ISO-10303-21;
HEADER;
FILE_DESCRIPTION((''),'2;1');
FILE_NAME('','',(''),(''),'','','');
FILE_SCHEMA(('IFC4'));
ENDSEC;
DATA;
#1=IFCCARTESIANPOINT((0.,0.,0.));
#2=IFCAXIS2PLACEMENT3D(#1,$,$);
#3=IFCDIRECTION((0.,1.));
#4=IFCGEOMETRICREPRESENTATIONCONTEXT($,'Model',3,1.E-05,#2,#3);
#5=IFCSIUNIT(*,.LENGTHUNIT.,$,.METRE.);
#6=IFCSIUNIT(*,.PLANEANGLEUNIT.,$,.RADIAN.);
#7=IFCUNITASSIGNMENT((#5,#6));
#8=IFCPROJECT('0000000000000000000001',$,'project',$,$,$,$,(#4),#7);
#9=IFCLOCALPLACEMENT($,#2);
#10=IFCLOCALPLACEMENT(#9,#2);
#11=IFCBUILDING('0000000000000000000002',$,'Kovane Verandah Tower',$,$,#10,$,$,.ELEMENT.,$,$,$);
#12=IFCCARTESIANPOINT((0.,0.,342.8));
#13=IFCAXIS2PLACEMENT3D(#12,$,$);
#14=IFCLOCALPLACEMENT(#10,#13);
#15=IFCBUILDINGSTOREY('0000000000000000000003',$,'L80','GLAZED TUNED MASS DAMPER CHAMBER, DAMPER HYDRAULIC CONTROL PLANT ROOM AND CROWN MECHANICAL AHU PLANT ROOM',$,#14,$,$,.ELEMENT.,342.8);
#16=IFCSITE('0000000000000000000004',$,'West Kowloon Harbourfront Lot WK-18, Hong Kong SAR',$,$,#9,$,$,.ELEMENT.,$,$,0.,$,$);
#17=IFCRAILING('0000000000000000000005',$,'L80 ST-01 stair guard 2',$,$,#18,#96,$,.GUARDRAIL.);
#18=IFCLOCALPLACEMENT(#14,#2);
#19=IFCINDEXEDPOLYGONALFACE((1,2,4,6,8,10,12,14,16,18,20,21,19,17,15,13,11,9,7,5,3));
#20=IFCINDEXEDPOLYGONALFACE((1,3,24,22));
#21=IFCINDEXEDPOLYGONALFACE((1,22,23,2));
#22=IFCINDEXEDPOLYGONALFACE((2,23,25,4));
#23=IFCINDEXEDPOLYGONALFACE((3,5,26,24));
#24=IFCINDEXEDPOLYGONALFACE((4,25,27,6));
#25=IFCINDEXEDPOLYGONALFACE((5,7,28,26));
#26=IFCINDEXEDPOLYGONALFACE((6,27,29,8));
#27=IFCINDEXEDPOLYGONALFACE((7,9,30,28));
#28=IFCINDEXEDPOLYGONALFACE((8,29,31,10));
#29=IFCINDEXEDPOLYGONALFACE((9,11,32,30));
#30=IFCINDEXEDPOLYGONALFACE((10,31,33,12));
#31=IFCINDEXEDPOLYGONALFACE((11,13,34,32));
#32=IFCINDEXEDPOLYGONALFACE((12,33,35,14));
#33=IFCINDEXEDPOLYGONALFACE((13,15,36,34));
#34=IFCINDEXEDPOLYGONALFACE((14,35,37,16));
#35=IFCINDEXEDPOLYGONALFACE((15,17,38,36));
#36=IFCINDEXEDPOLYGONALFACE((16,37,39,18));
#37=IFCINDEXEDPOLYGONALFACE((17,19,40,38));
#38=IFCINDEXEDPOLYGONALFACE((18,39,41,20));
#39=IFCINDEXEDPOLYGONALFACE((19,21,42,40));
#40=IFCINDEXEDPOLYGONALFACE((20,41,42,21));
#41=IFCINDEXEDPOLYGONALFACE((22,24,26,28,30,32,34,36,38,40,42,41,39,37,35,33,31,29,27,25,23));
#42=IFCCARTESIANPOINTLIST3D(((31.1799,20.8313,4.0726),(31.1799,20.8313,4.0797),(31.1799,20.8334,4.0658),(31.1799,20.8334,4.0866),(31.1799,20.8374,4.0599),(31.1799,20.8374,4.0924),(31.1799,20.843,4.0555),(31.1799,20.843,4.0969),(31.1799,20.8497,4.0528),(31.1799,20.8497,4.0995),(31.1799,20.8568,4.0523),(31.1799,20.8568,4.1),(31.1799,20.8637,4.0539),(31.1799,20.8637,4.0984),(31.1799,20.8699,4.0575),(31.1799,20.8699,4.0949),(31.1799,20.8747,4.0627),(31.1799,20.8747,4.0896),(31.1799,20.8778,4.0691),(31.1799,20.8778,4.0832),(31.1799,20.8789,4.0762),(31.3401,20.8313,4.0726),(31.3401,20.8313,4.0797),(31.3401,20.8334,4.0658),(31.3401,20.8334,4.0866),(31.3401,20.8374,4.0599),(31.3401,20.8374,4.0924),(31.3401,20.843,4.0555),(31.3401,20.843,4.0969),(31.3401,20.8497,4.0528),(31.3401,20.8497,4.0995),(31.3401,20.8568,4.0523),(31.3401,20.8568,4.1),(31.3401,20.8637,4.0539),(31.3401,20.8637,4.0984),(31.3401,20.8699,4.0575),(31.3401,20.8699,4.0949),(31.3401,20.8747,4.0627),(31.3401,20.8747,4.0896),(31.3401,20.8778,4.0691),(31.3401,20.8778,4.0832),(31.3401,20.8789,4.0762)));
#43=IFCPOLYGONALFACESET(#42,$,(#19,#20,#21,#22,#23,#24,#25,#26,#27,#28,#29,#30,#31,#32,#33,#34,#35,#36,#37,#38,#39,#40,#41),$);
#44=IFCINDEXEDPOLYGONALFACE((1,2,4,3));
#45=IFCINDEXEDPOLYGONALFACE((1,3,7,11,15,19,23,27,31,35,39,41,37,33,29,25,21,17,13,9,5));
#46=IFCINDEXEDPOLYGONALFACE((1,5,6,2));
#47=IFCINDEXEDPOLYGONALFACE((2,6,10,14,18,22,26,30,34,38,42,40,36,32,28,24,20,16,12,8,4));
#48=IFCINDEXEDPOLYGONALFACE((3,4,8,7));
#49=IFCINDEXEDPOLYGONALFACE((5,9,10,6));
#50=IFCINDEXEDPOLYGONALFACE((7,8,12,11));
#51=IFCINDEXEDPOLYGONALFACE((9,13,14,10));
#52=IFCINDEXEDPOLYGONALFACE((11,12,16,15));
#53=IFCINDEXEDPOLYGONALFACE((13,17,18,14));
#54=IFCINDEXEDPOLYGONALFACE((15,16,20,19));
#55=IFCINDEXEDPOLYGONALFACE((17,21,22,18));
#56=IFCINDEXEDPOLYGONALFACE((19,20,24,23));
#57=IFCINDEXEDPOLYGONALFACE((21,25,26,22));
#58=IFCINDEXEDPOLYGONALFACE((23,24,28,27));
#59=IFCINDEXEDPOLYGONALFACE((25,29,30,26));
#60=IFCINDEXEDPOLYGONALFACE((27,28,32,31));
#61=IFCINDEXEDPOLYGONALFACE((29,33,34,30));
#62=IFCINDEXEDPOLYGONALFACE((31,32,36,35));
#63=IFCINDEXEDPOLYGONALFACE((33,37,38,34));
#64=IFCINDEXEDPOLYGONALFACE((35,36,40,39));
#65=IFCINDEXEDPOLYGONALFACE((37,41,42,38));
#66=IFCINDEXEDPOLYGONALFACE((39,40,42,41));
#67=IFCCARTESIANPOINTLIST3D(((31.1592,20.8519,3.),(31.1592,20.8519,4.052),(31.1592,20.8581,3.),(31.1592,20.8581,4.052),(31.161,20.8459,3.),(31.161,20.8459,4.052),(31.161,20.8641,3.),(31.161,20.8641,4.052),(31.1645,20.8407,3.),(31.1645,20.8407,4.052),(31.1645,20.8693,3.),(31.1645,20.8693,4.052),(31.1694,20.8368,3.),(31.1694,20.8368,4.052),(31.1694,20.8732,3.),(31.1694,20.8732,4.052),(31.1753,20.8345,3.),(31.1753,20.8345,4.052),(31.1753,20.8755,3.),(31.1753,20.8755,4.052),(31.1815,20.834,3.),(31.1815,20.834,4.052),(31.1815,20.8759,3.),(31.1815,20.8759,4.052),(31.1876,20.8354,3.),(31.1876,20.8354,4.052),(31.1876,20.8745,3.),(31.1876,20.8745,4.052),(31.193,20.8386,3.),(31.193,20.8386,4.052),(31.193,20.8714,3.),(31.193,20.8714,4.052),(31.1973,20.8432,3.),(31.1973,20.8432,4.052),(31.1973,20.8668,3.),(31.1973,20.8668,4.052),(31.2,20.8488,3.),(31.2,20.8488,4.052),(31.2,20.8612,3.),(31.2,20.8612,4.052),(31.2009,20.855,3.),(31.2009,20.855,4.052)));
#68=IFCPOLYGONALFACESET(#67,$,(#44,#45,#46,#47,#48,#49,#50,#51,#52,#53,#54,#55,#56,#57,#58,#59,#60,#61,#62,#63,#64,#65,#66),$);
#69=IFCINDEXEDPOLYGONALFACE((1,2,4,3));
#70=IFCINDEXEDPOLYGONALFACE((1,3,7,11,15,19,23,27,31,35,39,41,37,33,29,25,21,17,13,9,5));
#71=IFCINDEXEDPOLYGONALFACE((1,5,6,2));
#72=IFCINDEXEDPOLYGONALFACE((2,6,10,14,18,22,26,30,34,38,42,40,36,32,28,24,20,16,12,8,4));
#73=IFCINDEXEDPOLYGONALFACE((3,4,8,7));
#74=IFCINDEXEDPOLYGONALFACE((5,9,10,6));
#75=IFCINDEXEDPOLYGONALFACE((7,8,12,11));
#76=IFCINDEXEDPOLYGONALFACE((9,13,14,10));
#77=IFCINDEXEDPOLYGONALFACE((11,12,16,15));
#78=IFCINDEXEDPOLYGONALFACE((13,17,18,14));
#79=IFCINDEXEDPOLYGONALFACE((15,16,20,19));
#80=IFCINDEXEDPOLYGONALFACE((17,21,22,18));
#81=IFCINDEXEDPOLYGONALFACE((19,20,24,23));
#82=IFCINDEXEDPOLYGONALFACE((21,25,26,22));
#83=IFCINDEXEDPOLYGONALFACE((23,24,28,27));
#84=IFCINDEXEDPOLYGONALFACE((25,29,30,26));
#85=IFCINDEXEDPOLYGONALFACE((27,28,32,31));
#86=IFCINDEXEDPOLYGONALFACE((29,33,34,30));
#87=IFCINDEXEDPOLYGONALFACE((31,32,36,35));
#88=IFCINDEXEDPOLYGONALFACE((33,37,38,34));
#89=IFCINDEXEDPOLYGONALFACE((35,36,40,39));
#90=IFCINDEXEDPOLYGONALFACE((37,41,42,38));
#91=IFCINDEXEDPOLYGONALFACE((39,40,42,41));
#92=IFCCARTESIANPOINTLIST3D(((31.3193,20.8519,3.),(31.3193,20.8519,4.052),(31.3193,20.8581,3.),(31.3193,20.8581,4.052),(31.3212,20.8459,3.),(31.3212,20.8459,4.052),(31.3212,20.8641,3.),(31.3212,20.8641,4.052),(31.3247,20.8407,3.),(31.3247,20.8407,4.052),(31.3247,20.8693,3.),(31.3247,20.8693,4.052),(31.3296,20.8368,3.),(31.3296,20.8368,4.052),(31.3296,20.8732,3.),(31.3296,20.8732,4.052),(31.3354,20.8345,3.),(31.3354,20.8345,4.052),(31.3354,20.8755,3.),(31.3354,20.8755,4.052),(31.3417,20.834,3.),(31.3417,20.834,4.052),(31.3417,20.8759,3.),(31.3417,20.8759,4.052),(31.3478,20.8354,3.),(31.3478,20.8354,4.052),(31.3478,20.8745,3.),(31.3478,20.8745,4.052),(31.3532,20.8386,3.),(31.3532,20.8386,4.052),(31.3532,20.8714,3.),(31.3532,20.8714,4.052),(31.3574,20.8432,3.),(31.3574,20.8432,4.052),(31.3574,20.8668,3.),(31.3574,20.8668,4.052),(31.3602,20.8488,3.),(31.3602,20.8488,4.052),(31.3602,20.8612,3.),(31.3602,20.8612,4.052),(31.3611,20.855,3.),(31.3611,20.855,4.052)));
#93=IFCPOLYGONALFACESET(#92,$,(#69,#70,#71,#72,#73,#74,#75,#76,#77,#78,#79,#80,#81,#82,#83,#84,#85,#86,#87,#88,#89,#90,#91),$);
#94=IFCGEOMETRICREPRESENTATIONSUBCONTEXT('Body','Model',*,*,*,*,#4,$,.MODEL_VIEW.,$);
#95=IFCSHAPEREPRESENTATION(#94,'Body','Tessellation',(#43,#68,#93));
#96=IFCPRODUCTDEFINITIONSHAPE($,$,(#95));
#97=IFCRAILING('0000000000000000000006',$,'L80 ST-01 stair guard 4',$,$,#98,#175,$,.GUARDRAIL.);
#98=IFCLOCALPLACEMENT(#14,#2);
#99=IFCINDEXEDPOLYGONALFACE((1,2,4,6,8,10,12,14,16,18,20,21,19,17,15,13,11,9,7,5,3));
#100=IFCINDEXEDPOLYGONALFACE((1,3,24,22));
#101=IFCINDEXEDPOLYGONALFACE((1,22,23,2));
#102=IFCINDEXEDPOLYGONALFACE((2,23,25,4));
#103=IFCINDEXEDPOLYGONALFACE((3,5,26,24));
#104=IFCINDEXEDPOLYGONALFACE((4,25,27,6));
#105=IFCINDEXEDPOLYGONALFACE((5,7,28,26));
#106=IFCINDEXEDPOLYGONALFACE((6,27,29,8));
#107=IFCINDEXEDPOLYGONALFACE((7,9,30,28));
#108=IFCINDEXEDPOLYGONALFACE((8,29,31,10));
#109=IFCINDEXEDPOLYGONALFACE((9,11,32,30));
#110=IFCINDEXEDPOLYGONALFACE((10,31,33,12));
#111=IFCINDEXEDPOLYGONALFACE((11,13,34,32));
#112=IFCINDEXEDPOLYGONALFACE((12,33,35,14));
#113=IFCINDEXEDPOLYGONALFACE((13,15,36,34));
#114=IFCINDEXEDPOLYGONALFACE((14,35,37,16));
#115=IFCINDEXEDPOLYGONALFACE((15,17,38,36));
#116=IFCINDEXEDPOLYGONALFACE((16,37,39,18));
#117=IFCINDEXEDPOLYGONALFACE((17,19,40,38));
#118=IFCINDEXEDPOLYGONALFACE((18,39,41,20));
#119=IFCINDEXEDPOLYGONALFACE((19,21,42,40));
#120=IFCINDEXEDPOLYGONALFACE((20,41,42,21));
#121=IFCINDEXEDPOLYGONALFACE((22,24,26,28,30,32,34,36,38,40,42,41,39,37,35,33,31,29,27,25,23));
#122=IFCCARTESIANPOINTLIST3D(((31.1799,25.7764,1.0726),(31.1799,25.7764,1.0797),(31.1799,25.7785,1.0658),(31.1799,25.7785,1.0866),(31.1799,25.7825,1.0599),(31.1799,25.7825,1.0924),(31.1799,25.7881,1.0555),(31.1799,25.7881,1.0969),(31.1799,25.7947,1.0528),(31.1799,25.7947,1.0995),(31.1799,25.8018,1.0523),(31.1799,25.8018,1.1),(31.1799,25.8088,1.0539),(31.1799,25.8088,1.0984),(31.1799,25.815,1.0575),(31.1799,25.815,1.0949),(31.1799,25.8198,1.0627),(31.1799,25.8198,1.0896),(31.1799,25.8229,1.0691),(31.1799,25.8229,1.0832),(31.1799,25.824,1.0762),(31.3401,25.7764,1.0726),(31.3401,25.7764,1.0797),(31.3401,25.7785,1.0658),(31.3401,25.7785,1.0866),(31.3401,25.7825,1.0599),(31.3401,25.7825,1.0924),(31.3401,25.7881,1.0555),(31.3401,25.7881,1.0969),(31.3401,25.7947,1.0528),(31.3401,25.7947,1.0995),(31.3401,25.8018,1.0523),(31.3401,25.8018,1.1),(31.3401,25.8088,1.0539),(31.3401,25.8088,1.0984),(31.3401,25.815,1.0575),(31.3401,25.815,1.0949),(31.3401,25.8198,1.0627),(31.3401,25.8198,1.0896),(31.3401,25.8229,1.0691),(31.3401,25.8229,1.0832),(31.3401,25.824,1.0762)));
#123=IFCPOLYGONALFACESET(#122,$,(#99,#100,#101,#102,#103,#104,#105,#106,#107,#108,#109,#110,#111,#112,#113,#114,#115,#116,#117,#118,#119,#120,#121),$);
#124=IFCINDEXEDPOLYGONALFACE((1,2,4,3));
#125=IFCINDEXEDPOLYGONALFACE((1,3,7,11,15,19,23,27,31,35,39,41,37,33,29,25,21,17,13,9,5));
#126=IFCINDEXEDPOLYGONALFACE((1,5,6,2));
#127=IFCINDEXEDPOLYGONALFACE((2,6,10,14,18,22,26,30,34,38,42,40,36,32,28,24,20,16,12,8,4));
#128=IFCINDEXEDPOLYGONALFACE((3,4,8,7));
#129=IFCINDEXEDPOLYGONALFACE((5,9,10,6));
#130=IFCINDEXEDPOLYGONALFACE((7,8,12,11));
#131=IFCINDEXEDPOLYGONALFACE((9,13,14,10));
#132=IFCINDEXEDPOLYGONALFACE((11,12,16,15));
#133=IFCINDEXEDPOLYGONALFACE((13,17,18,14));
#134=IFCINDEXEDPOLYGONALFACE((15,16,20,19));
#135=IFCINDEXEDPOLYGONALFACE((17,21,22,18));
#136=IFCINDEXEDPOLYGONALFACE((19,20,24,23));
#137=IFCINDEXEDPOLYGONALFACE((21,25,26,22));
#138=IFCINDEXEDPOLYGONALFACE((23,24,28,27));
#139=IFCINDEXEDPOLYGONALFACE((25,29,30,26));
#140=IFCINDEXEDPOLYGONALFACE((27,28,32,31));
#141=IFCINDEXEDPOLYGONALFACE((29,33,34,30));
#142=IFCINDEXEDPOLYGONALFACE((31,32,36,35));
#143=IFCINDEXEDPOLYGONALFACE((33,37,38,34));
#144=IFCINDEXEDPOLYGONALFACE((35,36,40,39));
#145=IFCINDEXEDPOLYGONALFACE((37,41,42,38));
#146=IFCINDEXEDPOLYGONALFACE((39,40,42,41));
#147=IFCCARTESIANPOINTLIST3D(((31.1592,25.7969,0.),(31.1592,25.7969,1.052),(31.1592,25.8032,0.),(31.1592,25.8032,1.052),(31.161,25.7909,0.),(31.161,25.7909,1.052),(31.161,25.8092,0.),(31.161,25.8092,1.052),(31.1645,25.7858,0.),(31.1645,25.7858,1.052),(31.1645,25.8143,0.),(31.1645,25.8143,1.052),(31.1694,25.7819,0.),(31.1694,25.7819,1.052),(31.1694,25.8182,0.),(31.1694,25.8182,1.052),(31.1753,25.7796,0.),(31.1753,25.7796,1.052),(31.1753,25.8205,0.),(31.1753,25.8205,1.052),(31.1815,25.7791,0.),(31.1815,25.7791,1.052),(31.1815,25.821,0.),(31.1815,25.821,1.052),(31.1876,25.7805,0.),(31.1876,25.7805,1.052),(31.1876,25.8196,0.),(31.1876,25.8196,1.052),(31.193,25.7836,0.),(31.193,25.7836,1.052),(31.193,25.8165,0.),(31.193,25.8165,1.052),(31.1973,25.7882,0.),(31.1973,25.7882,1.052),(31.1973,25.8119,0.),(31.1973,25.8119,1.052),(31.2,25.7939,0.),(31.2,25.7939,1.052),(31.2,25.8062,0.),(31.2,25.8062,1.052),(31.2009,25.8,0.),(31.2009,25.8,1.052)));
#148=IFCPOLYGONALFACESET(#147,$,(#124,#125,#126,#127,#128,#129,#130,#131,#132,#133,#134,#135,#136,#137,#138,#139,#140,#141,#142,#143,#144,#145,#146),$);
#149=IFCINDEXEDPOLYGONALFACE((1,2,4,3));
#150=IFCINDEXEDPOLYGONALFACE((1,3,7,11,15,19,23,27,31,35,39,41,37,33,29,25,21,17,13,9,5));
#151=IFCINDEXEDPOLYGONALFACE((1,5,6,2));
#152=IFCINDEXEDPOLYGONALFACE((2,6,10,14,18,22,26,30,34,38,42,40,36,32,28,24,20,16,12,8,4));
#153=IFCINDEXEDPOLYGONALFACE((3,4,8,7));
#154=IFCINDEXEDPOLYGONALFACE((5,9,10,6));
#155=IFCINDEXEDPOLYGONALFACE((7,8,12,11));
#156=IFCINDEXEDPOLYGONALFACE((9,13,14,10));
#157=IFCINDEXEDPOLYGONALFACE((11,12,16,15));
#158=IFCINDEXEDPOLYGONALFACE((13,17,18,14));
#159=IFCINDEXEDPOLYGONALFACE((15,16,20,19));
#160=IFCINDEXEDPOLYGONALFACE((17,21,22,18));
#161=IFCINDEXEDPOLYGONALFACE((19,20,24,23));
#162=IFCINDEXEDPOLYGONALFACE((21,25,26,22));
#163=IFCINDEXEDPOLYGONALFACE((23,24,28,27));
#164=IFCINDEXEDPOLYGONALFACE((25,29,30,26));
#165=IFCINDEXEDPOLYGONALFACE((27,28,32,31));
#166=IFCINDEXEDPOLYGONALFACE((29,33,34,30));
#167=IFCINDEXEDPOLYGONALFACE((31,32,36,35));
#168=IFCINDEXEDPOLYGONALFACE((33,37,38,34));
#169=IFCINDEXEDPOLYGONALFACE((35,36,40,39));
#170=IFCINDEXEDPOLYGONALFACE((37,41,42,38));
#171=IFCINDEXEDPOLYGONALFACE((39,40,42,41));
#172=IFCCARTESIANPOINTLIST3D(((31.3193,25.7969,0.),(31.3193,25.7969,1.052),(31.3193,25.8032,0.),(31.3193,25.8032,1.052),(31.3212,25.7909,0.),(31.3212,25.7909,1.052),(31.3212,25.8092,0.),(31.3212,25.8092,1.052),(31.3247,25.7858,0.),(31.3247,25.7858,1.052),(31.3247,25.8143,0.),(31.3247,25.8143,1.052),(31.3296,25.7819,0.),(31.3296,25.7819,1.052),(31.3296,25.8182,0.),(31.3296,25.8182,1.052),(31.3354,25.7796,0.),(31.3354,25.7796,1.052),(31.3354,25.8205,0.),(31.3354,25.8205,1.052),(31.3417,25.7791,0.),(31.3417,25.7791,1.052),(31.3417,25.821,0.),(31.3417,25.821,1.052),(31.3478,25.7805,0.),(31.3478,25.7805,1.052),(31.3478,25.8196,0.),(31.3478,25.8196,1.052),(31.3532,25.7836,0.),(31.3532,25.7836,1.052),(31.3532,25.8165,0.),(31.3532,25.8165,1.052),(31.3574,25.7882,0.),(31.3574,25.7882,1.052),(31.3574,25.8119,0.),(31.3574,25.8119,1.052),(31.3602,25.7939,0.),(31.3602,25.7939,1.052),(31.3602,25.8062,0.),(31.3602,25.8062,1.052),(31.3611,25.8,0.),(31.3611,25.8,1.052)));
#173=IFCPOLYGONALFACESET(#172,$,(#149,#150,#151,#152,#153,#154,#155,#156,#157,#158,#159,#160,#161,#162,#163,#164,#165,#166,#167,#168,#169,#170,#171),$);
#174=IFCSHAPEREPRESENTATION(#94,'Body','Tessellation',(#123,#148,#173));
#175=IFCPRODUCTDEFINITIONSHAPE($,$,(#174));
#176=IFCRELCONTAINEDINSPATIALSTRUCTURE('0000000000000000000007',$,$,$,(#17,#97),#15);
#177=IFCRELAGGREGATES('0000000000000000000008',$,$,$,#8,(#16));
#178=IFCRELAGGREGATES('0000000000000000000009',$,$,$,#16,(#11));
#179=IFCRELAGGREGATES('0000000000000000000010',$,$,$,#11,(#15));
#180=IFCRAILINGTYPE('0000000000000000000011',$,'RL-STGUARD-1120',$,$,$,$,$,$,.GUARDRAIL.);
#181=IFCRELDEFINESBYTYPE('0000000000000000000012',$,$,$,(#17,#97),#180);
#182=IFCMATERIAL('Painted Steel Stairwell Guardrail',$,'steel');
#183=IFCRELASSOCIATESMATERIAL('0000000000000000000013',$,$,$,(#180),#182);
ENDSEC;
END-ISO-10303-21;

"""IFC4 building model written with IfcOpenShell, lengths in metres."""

from ifc_helpers import new_model, si_unit, direction, frame, origin, origin_2d, place, context, subcontext, project, spatial, circle, extrude, material, type_object, element, save


model = new_model("IFC4")

# Units and contexts
model_context = context("Model", 3, precision=1e-05, world=origin(), true_north=direction((0.0, 1.0)))
body_context = subcontext(model_context, "Body", "Model", "MODEL_VIEW")
ifc_project = project(units=[si_unit("LENGTHUNIT", "METRE"), si_unit("PLANEANGLEUNIT", "RADIAN")], contexts=[model_context])

# Site, building, storey
site_placement = place(None, origin())
site = spatial("IfcSite", under=ifc_project, at=site_placement, Name="West Kowloon Harbourfront Lot WK-18, Hong Kong SAR", CompositionType="ELEMENT", RefElevation=0.0)
building_placement = place(site_placement, origin())
building = spatial("IfcBuilding", under=site, at=building_placement, Name="Kovane Verandah Tower", CompositionType="ELEMENT")
storey_placement = place(building_placement, frame((0.0, 0.0, 342.8)))
storey = spatial("IfcBuildingStorey", under=building, at=storey_placement, Name="L80", Description="GLAZED TUNED MASS DAMPER CHAMBER, DAMPER HYDRAULIC CONTROL PLANT ROOM AND CROWN MECHANICAL AHU PLANT ROOM", CompositionType="ELEMENT", Elevation=342.8)

# Railings
ifc_material_1 = material(Name="Painted Steel Stairwell Guardrail", Category="steel")
railing_type_1 = type_object("IfcRailingType", Name="RL-STGUARD-1120", PredefinedType="GUARDRAIL", material=ifc_material_1)
railing_1_placement = place(storey_placement, frame((31.1799, 20.855, 3.0)))
element("IfcRailing", 1, at=railing_1_placement, inside=storey, type_object=railing_type_1, Name="L80 ST-01 stair guard 2", PredefinedType="GUARDRAIL", context=body_context, shape_type="SweptSolid", body=[
    extrude(circle(Radius=0.0239, at=origin_2d()), frame((0.0, 0.0, 1.0762), z_axis=(1.0, 0.0, 0.0), x_axis=(0.0, 1.0, 0.0)), (0.0, 0.0, 1.0), 0.1602),
    extrude(circle(Radius=0.021, at=origin_2d()), origin(), (0.0, 0.0, 1.0), 1.052),
    extrude(circle(Radius=0.021, at=origin_2d()), frame((0.1602, 0.0, 0.0)), (0.0, 0.0, 1.0), 1.052),
])
railing_2_placement = place(storey_placement, frame((31.1799, 25.8, 0.0)))
element("IfcRailing", 2, at=railing_2_placement, inside=storey, type_object=railing_type_1, Name="L80 ST-01 stair guard 4", PredefinedType="GUARDRAIL", context=body_context, shape_type="SweptSolid", body=[
    extrude(circle(Radius=0.0239, at=origin_2d()), frame((0.0, 0.0, 1.0762), z_axis=(1.0, 0.0, 0.0), x_axis=(0.0, 1.0, 0.0)), (0.0, 0.0, 1.0), 0.1602),
    extrude(circle(Radius=0.021, at=origin_2d()), origin(), (0.0, 0.0, 1.0), 1.052),
    extrude(circle(Radius=0.021, at=origin_2d()), frame((0.1602, 0.0, 0.0)), (0.0, 0.0, 1.0), 1.052),
])

save(model, "model.ifc")
